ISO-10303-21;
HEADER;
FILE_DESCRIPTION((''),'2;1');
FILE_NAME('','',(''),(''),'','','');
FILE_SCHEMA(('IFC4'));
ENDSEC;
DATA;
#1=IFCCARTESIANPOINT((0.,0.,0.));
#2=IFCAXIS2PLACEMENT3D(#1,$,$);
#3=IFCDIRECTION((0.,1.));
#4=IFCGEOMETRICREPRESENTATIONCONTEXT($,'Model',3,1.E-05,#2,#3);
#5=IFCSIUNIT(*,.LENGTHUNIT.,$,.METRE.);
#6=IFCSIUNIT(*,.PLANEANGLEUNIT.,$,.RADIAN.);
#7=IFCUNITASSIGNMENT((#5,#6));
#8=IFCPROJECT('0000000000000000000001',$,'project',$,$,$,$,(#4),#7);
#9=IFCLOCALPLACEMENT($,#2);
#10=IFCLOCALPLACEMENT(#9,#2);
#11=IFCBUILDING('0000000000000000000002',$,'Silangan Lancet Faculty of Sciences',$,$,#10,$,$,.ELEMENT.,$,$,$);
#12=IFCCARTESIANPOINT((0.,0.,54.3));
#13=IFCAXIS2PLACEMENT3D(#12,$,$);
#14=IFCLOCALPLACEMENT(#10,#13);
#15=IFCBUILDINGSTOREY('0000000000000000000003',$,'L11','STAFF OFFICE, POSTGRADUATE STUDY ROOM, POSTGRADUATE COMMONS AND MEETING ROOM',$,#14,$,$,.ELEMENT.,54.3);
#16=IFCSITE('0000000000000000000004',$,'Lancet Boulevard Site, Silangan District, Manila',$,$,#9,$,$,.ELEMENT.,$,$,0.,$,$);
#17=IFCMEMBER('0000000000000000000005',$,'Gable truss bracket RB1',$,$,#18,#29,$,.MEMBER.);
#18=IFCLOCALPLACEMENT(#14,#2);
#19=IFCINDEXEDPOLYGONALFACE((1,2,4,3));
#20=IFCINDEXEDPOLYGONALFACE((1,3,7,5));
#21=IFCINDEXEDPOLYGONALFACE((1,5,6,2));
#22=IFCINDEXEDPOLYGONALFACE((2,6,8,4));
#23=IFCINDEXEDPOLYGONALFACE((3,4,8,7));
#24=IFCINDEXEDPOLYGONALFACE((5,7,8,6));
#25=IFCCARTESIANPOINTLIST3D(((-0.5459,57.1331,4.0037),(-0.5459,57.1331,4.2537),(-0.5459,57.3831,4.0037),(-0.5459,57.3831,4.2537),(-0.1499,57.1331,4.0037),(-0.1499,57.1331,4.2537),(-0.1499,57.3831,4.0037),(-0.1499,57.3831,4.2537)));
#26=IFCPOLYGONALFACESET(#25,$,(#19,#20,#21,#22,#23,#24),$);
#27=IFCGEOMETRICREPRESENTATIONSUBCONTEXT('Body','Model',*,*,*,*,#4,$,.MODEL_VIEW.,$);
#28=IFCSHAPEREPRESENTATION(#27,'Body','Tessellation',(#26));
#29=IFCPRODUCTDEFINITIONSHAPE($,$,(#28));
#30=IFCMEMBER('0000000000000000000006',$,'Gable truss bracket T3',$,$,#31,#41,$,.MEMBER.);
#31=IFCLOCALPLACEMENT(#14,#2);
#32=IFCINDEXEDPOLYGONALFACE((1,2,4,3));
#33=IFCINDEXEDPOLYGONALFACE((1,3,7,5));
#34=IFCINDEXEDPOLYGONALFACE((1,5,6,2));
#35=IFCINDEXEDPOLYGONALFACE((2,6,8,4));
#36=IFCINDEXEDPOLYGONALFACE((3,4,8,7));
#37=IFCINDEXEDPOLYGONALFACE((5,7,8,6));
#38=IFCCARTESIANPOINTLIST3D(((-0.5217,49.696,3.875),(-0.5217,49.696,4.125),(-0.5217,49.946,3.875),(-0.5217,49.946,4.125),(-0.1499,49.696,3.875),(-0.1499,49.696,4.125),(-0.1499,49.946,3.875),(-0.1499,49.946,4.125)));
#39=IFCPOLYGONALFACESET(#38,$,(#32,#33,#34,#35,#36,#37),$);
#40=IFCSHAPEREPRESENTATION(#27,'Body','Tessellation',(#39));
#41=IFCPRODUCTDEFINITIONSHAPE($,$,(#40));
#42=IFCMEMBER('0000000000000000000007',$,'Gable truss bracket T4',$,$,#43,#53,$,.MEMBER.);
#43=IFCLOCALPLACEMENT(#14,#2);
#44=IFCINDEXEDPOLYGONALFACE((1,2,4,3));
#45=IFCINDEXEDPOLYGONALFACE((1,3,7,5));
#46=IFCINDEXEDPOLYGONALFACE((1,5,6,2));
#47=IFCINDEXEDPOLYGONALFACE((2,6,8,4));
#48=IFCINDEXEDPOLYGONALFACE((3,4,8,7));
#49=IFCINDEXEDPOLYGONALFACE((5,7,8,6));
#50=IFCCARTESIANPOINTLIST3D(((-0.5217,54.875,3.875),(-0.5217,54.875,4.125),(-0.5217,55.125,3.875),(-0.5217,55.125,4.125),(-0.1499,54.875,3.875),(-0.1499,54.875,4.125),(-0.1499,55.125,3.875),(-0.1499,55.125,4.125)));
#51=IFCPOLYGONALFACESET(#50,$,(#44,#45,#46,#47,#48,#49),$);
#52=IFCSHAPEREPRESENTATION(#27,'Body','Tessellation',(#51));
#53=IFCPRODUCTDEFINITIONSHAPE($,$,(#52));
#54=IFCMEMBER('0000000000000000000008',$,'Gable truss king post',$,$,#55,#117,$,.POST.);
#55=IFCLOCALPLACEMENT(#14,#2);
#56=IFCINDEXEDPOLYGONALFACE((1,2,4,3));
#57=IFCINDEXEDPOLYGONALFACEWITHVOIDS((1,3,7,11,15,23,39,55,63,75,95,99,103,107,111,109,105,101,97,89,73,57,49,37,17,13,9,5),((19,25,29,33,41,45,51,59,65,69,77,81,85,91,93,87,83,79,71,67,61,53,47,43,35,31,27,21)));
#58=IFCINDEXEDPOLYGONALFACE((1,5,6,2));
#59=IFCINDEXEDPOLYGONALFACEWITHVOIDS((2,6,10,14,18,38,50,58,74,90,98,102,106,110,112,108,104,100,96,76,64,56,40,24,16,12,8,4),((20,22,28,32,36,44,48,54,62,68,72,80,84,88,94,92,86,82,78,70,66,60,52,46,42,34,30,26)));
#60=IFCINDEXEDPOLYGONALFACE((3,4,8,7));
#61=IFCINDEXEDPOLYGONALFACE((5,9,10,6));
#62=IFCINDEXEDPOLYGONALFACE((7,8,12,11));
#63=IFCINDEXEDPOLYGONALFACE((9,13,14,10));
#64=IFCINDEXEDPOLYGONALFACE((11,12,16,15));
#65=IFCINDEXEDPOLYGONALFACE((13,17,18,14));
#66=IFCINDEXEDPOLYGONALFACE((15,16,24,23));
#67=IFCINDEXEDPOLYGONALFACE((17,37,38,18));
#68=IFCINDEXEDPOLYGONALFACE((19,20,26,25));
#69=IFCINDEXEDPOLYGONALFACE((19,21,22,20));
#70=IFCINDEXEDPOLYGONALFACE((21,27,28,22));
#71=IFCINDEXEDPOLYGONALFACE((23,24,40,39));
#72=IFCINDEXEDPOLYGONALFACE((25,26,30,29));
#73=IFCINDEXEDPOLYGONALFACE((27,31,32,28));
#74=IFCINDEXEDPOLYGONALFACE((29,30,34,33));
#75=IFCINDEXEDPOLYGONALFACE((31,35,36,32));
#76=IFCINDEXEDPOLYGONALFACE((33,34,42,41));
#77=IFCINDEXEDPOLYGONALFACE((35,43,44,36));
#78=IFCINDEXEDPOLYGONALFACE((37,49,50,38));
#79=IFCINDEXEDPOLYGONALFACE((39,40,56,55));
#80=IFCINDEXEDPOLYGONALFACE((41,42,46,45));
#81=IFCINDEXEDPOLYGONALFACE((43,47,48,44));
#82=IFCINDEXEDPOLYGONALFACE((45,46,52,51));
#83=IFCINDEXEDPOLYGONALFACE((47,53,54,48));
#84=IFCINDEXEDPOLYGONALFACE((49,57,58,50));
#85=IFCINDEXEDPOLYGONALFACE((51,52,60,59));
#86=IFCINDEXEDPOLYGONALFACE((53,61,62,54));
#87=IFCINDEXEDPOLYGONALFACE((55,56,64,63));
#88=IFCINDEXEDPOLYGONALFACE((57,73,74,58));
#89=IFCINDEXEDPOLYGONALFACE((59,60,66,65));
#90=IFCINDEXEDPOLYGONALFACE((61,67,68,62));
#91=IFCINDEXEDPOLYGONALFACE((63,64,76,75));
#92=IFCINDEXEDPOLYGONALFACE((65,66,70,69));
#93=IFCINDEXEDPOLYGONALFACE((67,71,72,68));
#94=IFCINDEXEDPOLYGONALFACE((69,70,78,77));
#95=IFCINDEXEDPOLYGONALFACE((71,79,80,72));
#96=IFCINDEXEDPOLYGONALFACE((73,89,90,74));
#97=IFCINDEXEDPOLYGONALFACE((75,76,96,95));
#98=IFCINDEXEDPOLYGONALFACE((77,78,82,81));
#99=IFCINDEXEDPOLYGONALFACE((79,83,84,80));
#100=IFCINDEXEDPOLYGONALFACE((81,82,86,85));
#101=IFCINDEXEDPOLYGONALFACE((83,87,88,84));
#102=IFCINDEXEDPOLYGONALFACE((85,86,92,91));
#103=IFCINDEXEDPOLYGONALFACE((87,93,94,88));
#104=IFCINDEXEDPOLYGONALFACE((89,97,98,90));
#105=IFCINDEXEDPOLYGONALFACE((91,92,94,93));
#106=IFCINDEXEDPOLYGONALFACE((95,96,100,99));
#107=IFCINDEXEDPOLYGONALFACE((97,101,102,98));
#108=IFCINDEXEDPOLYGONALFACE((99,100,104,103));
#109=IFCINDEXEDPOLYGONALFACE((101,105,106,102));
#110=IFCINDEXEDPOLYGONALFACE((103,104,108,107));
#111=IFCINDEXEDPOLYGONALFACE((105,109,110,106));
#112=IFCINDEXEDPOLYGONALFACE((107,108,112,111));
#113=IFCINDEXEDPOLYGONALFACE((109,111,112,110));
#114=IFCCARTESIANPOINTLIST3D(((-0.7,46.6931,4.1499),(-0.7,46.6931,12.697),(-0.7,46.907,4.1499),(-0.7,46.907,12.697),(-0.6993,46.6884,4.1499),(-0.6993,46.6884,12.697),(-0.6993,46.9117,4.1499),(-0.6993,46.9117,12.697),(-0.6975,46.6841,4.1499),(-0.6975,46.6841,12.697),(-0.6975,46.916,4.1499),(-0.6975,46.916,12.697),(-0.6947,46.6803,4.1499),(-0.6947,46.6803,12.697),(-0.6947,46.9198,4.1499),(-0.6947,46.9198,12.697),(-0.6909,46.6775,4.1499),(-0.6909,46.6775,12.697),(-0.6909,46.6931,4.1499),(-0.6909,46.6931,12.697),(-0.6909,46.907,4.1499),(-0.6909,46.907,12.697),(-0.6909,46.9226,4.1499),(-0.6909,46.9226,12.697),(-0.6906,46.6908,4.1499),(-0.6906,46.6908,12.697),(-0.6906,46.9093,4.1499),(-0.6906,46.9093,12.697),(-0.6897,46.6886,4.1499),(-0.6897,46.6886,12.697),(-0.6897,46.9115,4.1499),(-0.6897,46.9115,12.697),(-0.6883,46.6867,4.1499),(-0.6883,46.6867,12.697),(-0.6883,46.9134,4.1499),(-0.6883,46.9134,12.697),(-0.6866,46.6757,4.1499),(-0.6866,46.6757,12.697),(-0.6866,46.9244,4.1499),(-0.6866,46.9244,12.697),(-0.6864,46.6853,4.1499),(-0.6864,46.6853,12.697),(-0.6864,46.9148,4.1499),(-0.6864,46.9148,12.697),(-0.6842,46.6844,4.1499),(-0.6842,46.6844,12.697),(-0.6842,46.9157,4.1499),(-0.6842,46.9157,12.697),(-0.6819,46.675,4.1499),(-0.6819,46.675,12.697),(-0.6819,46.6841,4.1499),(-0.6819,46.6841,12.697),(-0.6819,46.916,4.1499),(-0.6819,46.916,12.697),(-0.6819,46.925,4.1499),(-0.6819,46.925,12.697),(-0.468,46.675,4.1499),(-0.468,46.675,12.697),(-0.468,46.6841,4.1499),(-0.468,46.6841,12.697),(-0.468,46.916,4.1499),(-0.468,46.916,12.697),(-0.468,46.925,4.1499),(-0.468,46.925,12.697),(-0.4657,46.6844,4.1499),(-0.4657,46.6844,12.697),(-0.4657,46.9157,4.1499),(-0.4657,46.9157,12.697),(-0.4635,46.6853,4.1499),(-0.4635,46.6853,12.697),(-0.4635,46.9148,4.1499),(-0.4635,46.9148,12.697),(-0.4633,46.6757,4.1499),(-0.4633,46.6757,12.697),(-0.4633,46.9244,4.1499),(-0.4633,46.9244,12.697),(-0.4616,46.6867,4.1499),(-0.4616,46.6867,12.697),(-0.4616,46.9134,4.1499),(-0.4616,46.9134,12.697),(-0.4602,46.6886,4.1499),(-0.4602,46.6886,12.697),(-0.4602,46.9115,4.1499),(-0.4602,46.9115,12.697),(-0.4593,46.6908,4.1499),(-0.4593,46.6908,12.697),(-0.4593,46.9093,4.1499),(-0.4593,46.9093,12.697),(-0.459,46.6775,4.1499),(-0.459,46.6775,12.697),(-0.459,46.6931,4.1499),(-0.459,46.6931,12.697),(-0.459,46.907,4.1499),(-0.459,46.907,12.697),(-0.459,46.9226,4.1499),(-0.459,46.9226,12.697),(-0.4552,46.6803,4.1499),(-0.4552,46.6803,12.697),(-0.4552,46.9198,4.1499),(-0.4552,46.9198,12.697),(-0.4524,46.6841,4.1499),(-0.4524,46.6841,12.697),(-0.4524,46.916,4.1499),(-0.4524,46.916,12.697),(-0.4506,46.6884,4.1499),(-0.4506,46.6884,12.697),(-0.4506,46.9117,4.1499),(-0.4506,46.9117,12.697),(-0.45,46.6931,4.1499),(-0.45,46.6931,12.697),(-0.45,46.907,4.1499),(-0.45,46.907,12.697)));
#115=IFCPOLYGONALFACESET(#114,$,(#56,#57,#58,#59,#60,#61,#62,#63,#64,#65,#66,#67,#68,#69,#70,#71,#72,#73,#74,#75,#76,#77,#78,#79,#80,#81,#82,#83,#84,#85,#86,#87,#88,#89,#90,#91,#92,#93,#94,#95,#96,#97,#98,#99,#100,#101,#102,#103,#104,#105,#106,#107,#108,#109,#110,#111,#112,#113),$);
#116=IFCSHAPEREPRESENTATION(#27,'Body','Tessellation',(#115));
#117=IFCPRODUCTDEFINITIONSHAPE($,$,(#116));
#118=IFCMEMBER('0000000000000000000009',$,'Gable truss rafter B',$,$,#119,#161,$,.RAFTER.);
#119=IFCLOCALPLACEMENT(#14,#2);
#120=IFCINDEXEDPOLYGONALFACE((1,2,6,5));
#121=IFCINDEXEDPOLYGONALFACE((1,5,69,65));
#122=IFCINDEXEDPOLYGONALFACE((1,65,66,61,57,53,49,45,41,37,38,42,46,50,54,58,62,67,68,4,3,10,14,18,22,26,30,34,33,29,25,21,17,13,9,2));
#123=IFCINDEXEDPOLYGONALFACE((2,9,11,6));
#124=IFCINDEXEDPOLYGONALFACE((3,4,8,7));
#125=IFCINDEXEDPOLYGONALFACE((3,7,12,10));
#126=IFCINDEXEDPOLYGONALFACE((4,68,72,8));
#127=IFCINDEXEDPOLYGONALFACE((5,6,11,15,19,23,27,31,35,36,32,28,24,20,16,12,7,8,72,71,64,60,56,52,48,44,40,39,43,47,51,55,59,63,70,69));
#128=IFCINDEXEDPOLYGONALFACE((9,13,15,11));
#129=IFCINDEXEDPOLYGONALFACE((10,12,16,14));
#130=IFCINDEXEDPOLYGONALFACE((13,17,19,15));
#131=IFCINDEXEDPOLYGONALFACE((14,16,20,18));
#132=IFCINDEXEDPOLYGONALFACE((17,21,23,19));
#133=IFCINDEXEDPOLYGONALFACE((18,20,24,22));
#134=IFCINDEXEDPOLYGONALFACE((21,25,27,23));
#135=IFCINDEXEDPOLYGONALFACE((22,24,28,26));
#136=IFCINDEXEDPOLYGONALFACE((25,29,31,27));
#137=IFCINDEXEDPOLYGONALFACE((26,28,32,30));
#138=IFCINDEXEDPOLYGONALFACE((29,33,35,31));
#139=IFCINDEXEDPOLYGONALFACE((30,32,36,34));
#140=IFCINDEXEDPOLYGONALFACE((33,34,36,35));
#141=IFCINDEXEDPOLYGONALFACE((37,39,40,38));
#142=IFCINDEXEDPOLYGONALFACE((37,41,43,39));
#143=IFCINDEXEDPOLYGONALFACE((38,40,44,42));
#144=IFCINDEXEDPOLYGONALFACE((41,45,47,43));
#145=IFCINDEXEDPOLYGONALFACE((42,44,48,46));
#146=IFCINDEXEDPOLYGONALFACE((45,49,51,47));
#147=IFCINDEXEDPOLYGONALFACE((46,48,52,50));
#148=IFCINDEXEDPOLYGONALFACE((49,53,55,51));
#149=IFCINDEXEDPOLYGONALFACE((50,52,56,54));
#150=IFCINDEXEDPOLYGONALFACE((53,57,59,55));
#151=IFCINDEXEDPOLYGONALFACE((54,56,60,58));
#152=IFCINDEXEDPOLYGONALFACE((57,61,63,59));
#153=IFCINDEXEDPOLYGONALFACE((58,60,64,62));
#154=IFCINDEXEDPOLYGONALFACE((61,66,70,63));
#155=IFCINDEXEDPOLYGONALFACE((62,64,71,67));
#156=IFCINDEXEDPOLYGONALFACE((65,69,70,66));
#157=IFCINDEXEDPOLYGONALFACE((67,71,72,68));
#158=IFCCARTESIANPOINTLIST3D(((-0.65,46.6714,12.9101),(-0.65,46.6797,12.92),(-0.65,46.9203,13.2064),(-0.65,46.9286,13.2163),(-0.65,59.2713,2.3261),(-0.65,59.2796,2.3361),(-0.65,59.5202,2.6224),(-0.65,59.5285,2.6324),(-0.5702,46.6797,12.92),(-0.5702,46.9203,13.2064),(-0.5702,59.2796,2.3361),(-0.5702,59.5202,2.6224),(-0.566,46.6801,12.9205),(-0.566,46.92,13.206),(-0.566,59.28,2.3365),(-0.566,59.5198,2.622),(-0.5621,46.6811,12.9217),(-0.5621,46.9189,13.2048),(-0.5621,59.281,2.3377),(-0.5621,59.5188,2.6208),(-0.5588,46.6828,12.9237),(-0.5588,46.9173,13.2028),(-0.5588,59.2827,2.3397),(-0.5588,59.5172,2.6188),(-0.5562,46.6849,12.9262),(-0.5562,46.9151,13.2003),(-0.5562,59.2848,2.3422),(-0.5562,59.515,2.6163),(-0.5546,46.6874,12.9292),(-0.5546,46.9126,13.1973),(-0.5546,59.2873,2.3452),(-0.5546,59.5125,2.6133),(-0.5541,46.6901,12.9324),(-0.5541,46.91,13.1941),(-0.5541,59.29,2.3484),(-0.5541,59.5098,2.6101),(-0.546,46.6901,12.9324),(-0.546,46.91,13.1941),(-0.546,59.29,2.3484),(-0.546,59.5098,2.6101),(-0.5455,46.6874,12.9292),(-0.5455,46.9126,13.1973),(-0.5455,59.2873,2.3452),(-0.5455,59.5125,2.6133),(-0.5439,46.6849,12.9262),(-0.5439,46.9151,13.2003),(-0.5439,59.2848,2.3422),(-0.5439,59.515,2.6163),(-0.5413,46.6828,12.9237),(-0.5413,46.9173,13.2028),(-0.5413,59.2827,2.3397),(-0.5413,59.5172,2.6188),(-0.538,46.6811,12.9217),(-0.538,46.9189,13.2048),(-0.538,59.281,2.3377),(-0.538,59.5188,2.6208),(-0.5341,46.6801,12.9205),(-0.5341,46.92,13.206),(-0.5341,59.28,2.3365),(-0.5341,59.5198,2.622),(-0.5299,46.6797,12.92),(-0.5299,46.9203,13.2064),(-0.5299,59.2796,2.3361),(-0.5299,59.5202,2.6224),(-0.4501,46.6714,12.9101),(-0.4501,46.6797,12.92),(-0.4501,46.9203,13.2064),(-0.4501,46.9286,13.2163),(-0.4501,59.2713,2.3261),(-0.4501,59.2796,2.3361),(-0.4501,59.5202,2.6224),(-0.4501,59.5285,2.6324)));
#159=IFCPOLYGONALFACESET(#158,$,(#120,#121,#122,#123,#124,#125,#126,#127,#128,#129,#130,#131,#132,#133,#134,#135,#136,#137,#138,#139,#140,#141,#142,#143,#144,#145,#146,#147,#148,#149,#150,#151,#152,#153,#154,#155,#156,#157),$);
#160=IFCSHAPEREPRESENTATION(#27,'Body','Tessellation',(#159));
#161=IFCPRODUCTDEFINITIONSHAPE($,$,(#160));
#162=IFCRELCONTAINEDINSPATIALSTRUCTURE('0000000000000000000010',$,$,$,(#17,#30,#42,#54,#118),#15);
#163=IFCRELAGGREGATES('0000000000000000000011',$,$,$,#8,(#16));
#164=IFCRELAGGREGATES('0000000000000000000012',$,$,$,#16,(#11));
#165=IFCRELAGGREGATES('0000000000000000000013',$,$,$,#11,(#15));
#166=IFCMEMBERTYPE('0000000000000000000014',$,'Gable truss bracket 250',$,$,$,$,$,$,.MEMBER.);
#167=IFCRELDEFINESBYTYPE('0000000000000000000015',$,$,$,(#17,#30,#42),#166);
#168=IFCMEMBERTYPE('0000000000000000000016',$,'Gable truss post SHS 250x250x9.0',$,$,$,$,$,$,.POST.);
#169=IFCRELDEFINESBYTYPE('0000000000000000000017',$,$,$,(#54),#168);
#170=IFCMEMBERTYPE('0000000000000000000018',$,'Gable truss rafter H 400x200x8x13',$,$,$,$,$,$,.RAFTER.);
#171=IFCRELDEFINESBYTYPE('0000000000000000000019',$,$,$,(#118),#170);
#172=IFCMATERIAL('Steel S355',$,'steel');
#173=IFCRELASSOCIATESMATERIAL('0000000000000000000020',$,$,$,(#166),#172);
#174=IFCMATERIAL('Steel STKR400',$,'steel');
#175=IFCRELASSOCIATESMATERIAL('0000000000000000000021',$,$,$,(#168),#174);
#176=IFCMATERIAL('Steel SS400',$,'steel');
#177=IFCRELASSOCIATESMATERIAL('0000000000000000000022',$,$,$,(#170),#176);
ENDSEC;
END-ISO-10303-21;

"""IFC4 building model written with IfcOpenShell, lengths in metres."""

from ifc_helpers import new_model, si_unit, direction, frame, origin, origin_2d, place, context, subcontext, project, spatial, rectangle, hollow_rectangle, i_section, extrude, material, material_profile, profile_set, type_object, element, save


model = new_model("IFC4")

# Units and contexts
model_context = context("Model", 3, precision=1e-05, world=origin(), true_north=direction((0.0, 1.0)))
body_context = subcontext(model_context, "Body", "Model", "MODEL_VIEW")
ifc_project = project(units=[si_unit("LENGTHUNIT", "METRE"), si_unit("PLANEANGLEUNIT", "RADIAN")], contexts=[model_context])

# Site, building, storey
site_placement = place(None, origin())
site = spatial("IfcSite", under=ifc_project, at=site_placement, Name="Lancet Boulevard Site, Silangan District, Manila", CompositionType="ELEMENT", RefElevation=0.0)
building_placement = place(site_placement, origin())
building = spatial("IfcBuilding", under=site, at=building_placement, Name="Silangan Lancet Faculty of Sciences", CompositionType="ELEMENT")
storey_placement = place(building_placement, frame((0.0, 0.0, 54.3)))
storey = spatial("IfcBuildingStorey", under=building, at=storey_placement, Name="L11", Description="STAFF OFFICE, POSTGRADUATE STUDY ROOM, POSTGRADUATE COMMONS AND MEETING ROOM", CompositionType="ELEMENT", Elevation=54.3)

# Members
ifc_material_1 = material(Name="Steel S355", Category="steel")
ifc_material_profile_1 = material_profile(ifc_material_1, rectangle(XDim=0.25, YDim=0.25, at=origin_2d()), Name="steel 250x250")
ifc_profile_set_1 = profile_set([ifc_material_profile_1], Name="Steel S355")
member_type_1 = type_object("IfcMemberType", Name="Gable truss bracket 250", PredefinedType="MEMBER", material=ifc_profile_set_1)
member_1_placement = place(storey_placement, frame((-0.1499, 57.2581, 4.1287), z_axis=(-1.0, 0.0, 0.0), x_axis=(0.0, -1.0, 0.0)))
element("IfcMember", 1, at=member_1_placement, inside=storey, type_object=member_type_1, Name="Gable truss bracket RB1", PredefinedType="MEMBER", context=body_context, shape_type="SweptSolid", body=[
    extrude(rectangle(XDim=0.25, YDim=0.25, at=origin_2d()), origin(), (0.0, 0.0, 1.0), 0.396),
])
for number, where, z_axis, x_axis, name in (
    (2, (-0.1499, 49.821, 4.0), (-1.0, 0.0, 0.0), (0.0, -1.0, 0.0), "Gable truss bracket T3"),
    (3, (-0.1499, 55.0, 4.0), (-1.0, 0.0, 0.0), (0.0, -1.0, 0.0), "Gable truss bracket T4"),
):
    element("IfcMember", number, at=place(storey_placement, frame(where, z_axis=z_axis, x_axis=x_axis)), inside=storey, type_object=member_type_1, Name=name, PredefinedType="MEMBER", context=body_context, shape_type="SweptSolid", body=[
        extrude(rectangle(XDim=0.25, YDim=0.25, at=origin_2d()), origin(), (0.0, 0.0, 1.0), 0.3718),
    ])
ifc_material_2 = material(Name="Steel STKR400", Category="steel")
ifc_material_profile_2 = material_profile(ifc_material_2, hollow_rectangle(XDim=0.25, YDim=0.25, WallThickness=0.009, InnerFilletRadius=0.009, OuterFilletRadius=0.0181, at=origin_2d()), Name="SHS 250x250x9.0")
ifc_profile_set_2 = profile_set([ifc_material_profile_2], Name="Steel STKR400")
member_type_2 = type_object("IfcMemberType", Name="Gable truss post SHS 250x250x9.0", PredefinedType="POST", material=ifc_profile_set_2)
member_2_placement = place(storey_placement, frame((-0.575, 46.8, 4.1499), z_axis=(0.0, 0.0, 1.0), x_axis=(1.0, 0.0, 0.0)))
element("IfcMember", 4, at=member_2_placement, inside=storey, type_object=member_type_2, Name="Gable truss king post", PredefinedType="POST", context=body_context, shape_type="SweptSolid", body=[
    extrude(hollow_rectangle(XDim=0.25, YDim=0.25, WallThickness=0.009, InnerFilletRadius=0.009, OuterFilletRadius=0.0181, at=origin_2d()), origin(), (0.0, 0.0, 1.0), 8.5471),
])
ifc_material_3 = material(Name="Steel SS400", Category="steel")
ifc_material_profile_3 = material_profile(ifc_material_3, i_section(OverallWidth=0.2, OverallDepth=0.3999, WebThickness=0.0081, FlangeThickness=0.0129, FilletRadius=0.0161, at=origin_2d()), Name="H 400x200x8x13")
ifc_profile_set_3 = profile_set([ifc_material_profile_3], Name="Steel SS400")
member_type_3 = type_object("IfcMemberType", Name="Gable truss rafter H 400x200x8x13", PredefinedType="RAFTER", material=ifc_profile_set_3)
member_3_placement = place(storey_placement, frame((-0.55, 59.3999, 2.4792), z_axis=(0.0, -0.765702, 0.643196), x_axis=(1.0, 0.0, 0.0)))
element("IfcMember", 5, at=member_3_placement, inside=storey, type_object=member_type_3, Name="Gable truss rafter B", PredefinedType="RAFTER", context=body_context, shape_type="SweptSolid", body=[
    extrude(i_section(OverallWidth=0.2, OverallDepth=0.3999, WebThickness=0.0081, FlangeThickness=0.0129, FilletRadius=0.0161, at=origin_2d()), origin(), (0.0, 0.0, 1.0), 16.4553),
])

save(model, "model.ifc")
